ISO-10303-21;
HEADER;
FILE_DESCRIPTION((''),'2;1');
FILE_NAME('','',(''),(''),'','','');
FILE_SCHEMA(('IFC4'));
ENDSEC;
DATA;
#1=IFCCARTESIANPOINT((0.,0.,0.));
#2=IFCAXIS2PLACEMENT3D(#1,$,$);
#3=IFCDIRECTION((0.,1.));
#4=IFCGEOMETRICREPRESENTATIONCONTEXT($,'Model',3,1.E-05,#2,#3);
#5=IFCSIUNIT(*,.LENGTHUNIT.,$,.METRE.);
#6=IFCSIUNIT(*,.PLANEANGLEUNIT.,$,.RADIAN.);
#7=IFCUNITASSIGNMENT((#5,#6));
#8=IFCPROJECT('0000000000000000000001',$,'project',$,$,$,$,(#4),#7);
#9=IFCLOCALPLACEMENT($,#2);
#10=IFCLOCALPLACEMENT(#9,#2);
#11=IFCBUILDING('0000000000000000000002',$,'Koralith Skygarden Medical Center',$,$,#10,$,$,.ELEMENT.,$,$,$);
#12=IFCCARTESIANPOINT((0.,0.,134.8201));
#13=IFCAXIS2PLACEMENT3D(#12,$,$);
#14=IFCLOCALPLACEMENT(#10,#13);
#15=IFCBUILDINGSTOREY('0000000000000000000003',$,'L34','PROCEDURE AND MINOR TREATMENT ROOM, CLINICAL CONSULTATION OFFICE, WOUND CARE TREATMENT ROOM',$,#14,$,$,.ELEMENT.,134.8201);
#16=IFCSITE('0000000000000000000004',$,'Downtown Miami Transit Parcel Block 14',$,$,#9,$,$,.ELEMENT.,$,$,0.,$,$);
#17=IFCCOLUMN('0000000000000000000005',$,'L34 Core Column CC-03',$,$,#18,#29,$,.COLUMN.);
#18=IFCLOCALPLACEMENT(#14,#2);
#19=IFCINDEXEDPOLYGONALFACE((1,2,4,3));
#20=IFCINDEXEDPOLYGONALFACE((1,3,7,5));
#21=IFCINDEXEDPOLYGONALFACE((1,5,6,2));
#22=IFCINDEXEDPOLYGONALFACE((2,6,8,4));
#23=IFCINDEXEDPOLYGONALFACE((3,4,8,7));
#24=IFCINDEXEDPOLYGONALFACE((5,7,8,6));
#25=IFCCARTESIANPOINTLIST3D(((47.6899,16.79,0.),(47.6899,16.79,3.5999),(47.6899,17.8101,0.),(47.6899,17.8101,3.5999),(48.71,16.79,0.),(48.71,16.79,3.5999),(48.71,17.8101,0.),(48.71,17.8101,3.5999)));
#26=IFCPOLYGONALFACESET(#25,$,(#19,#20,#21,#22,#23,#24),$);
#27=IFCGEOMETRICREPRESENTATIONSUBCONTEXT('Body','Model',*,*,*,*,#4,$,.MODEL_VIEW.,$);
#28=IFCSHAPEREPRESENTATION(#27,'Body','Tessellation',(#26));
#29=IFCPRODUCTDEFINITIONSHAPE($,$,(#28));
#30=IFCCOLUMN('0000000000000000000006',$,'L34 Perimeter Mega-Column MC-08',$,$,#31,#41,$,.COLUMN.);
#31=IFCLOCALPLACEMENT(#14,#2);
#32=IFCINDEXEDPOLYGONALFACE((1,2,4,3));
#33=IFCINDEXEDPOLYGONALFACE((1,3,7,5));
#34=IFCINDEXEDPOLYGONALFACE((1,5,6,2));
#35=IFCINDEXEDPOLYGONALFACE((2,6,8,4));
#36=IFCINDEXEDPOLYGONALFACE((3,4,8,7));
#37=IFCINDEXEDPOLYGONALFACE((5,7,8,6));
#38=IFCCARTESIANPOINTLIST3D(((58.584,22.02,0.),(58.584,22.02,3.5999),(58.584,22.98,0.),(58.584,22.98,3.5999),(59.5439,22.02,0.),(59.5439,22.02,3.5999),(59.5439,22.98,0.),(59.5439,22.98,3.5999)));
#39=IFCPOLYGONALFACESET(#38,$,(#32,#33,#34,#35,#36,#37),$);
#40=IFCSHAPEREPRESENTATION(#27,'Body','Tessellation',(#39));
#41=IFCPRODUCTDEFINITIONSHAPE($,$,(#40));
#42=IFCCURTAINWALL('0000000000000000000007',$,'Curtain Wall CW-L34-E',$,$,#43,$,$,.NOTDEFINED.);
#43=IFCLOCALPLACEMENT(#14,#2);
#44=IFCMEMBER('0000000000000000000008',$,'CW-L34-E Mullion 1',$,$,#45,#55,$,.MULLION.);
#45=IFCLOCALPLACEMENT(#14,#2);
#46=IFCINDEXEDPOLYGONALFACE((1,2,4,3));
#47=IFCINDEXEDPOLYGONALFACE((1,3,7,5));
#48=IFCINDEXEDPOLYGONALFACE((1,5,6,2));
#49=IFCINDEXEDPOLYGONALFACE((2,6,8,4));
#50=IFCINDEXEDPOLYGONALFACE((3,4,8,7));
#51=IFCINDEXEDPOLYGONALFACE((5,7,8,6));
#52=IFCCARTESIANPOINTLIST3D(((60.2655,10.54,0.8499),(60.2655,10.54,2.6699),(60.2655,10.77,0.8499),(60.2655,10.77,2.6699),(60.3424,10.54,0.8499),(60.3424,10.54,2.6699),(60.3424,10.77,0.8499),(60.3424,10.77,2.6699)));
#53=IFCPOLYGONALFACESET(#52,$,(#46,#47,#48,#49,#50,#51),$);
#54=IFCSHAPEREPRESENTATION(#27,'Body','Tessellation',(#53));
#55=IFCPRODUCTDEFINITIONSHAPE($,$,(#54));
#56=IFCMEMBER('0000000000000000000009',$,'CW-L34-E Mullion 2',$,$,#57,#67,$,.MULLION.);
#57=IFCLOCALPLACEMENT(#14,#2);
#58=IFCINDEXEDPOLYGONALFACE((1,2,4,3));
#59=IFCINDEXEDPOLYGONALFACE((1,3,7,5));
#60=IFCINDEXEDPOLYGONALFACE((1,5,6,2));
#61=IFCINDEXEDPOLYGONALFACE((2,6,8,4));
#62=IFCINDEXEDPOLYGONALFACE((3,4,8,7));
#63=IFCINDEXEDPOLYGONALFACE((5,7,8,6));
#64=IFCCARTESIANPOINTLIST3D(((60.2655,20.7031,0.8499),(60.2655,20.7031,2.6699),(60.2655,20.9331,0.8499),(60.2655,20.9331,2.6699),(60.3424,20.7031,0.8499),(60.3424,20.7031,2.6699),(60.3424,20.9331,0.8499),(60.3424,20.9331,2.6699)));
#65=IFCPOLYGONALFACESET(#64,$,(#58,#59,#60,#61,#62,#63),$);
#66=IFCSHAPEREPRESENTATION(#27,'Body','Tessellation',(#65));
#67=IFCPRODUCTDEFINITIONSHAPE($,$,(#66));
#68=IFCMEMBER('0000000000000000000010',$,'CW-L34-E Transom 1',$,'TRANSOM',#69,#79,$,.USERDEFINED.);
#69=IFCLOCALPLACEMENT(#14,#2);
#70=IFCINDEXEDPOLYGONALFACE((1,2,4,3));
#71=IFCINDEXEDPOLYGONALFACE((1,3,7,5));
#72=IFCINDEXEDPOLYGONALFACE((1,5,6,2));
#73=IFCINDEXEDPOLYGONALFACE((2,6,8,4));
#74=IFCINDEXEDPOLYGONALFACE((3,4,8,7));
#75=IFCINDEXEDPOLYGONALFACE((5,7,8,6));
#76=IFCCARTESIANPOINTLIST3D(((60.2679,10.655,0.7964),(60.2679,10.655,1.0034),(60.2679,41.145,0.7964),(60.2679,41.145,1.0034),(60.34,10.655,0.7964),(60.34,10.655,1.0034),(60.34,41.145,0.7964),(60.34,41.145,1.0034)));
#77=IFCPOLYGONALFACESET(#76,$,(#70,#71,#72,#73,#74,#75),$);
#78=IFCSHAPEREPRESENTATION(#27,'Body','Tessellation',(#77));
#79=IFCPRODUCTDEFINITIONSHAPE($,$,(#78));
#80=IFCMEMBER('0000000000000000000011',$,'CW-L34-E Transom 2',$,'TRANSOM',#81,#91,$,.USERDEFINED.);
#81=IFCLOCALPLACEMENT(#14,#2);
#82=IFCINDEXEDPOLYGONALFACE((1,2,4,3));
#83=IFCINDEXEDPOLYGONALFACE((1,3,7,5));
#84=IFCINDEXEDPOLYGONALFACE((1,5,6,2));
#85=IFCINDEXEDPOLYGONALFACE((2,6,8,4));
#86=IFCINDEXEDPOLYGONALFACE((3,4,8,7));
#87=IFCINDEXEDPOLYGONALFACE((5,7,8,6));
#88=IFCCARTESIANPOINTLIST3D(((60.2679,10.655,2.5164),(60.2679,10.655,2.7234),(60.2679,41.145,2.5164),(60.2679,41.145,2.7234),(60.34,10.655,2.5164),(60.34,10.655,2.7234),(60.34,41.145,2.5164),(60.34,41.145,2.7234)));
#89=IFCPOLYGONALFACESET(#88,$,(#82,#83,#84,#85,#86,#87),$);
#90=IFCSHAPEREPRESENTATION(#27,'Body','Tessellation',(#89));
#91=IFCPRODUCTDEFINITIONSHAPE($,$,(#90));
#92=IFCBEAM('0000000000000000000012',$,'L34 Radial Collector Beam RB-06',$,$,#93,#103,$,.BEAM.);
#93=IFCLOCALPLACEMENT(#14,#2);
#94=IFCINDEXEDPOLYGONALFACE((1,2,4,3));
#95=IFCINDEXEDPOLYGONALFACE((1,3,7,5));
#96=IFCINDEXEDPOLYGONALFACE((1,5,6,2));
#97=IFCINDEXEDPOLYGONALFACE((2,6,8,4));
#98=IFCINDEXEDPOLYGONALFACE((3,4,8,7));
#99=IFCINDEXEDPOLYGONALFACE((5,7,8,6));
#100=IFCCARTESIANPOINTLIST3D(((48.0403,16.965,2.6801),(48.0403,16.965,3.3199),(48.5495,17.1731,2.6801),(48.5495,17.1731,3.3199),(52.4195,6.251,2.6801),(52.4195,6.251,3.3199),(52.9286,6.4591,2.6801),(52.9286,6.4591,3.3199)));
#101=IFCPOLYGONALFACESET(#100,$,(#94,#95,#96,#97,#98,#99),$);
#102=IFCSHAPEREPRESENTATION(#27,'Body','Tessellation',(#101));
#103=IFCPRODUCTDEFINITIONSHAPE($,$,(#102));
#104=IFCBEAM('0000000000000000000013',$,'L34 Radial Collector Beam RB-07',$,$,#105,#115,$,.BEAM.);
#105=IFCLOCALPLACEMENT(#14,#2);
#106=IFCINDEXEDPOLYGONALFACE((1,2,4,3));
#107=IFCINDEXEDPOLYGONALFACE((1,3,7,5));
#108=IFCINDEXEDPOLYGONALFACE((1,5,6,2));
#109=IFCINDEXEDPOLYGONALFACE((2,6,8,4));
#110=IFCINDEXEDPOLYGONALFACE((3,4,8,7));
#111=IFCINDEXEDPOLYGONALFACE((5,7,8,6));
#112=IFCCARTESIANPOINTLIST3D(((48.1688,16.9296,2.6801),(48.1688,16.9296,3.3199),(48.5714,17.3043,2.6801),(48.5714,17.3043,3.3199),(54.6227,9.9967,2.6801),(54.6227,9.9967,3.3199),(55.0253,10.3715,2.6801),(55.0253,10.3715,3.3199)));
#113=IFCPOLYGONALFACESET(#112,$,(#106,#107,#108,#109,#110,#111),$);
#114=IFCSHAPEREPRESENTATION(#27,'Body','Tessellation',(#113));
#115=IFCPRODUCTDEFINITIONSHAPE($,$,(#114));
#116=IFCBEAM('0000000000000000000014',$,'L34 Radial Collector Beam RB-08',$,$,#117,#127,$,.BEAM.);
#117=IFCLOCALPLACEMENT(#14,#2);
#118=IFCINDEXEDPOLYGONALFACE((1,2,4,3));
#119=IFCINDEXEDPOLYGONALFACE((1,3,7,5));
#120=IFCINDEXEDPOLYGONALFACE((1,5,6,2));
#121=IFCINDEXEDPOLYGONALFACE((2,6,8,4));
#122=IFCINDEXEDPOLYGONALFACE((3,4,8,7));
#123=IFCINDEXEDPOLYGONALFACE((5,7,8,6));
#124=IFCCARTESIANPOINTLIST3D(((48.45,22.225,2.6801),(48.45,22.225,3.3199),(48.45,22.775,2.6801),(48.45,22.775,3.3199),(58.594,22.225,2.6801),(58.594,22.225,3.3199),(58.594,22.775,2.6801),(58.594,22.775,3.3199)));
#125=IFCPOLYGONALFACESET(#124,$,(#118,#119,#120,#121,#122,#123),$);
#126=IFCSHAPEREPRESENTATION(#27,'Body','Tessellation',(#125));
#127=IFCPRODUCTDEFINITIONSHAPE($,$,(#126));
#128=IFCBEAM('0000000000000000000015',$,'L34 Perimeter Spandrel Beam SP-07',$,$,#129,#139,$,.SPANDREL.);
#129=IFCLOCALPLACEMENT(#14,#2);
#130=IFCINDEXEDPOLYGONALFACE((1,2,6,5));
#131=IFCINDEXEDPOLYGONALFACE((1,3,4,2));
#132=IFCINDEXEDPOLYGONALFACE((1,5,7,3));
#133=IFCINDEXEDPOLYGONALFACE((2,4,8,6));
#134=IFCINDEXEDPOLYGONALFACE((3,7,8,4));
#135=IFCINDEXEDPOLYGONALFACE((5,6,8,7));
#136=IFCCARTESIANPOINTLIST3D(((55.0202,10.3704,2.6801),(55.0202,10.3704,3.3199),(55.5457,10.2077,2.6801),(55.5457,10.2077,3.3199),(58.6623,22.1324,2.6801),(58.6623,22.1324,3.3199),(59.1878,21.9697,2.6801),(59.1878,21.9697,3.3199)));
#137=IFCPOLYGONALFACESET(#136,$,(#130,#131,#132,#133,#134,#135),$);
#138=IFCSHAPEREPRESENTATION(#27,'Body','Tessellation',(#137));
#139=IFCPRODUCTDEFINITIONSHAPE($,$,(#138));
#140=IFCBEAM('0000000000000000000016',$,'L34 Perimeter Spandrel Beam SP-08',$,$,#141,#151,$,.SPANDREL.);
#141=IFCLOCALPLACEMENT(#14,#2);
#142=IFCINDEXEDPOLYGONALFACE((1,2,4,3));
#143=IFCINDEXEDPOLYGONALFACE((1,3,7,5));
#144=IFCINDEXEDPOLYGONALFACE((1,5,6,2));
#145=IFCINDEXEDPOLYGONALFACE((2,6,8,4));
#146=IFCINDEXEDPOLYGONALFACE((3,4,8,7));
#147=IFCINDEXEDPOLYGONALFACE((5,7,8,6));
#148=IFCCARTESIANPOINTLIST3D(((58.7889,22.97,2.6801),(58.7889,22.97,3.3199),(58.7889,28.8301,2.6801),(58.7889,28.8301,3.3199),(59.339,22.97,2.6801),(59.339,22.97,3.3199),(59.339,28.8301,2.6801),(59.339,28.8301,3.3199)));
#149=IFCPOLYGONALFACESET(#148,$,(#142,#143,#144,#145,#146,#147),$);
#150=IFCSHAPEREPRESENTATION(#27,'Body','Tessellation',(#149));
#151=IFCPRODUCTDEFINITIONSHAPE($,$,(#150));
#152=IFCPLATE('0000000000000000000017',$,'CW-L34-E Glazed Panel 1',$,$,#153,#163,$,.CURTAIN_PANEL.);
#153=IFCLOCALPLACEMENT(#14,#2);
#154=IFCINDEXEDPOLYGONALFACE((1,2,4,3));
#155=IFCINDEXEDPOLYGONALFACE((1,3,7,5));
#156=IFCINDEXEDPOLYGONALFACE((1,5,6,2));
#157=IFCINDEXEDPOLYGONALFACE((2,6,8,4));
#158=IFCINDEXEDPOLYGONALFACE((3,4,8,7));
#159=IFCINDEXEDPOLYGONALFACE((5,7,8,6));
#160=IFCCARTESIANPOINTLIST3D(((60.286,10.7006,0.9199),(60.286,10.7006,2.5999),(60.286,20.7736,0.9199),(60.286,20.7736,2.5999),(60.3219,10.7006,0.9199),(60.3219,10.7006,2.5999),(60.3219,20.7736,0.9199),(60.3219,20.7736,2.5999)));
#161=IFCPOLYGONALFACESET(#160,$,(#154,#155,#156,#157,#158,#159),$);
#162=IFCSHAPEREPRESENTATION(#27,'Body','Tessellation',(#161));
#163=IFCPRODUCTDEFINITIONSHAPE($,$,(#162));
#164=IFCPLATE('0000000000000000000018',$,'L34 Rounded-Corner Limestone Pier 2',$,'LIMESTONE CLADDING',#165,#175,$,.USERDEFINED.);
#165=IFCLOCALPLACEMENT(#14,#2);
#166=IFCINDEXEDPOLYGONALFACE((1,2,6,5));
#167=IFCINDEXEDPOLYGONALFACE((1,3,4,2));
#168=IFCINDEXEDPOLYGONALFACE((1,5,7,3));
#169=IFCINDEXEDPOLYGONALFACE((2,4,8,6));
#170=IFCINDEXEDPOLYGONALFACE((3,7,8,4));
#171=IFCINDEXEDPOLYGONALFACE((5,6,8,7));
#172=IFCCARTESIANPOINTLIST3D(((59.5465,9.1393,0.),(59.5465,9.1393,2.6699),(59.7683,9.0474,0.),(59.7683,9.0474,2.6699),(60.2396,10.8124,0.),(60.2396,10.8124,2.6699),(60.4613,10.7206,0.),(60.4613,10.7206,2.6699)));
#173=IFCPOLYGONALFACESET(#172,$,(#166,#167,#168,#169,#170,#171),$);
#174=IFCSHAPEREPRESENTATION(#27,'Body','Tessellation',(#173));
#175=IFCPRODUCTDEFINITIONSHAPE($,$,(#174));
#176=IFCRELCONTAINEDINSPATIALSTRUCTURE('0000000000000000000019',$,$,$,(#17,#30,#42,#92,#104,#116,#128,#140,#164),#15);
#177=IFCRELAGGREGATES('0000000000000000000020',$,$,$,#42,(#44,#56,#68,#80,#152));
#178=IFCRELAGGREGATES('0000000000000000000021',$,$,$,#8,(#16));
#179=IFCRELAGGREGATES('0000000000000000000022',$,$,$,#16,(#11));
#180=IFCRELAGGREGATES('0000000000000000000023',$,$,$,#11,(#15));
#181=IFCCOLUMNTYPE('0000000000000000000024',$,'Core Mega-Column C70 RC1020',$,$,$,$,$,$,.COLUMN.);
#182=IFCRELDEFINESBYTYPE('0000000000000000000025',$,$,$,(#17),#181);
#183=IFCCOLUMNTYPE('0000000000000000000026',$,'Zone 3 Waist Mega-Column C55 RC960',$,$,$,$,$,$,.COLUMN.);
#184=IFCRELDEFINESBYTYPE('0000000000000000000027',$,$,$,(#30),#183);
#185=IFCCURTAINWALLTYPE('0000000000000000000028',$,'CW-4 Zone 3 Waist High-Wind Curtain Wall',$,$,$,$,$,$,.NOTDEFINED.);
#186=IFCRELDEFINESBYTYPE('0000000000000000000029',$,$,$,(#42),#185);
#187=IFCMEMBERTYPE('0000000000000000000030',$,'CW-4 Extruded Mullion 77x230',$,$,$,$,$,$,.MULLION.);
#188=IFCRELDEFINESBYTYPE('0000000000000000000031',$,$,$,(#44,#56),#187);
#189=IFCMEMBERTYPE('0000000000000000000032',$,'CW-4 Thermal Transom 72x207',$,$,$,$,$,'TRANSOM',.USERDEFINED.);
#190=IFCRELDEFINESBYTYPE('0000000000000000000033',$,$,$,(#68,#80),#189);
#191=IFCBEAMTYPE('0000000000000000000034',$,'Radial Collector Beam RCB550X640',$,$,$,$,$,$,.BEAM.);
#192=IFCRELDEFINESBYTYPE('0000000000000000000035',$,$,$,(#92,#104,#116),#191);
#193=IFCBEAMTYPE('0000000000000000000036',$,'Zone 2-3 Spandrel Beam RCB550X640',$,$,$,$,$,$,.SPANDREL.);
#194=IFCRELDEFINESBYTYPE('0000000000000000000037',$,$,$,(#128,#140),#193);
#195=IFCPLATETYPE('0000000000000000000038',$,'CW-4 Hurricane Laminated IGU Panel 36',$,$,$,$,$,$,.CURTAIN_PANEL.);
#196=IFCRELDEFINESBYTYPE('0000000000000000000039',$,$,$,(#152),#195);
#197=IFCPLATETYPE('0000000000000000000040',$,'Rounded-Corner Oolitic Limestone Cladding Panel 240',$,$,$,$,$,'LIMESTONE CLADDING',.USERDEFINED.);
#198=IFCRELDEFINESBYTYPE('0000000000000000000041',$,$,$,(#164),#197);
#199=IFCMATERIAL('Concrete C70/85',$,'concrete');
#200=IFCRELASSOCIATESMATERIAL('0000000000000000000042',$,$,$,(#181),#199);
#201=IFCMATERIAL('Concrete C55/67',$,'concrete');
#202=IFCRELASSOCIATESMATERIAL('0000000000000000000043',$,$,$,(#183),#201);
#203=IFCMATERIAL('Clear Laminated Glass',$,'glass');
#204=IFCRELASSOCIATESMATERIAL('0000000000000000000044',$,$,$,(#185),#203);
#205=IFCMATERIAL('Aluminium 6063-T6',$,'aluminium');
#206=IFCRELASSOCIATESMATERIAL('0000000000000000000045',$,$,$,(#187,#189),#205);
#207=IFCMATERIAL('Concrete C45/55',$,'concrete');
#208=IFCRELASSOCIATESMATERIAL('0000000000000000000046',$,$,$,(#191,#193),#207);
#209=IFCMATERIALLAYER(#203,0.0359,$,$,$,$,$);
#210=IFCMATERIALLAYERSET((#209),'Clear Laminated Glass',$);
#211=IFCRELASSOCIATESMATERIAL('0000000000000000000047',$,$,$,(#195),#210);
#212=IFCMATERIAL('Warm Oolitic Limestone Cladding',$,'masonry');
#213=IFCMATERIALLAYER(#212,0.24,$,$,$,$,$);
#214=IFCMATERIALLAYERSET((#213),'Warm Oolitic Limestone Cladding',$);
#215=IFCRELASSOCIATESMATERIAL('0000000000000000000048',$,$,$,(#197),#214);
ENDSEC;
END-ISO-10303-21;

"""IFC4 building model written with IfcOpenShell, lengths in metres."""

from ifc_helpers import new_model, si_unit, direction, frame, origin, origin_2d, place, context, subcontext, project, spatial, rectangle, extrude, material, layer, layer_set, material_profile, profile_set, type_object, element, aggregate, save


model = new_model("IFC4")

# Units and contexts
model_context = context("Model", 3, precision=1e-05, world=origin(), true_north=direction((0.0, 1.0)))
body_context = subcontext(model_context, "Body", "Model", "MODEL_VIEW")
ifc_project = project(units=[si_unit("LENGTHUNIT", "METRE"), si_unit("PLANEANGLEUNIT", "RADIAN")], contexts=[model_context])

# Site, building, storey
site_placement = place(None, origin())
site = spatial("IfcSite", under=ifc_project, at=site_placement, Name="Downtown Miami Transit Parcel Block 14", CompositionType="ELEMENT", RefElevation=0.0)
building_placement = place(site_placement, origin())
building = spatial("IfcBuilding", under=site, at=building_placement, Name="Koralith Skygarden Medical Center", CompositionType="ELEMENT")
storey_placement = place(building_placement, frame((0.0, 0.0, 134.8201)))
storey = spatial("IfcBuildingStorey", under=building, at=storey_placement, Name="L34", Description="PROCEDURE AND MINOR TREATMENT ROOM, CLINICAL CONSULTATION OFFICE, WOUND CARE TREATMENT ROOM", CompositionType="ELEMENT", Elevation=134.8201)

# Columns
ifc_material_1 = material(Name="Concrete C70/85", Category="concrete")
ifc_material_profile_1 = material_profile(ifc_material_1, rectangle(XDim=1.02, YDim=1.02, at=origin_2d()), Name="RC1020X1020")
ifc_profile_set_1 = profile_set([ifc_material_profile_1], Name="Concrete C70/85")
column_type_1 = type_object("IfcColumnType", Name="Core Mega-Column C70 RC1020", PredefinedType="COLUMN", material=ifc_profile_set_1)
column_1_placement = place(storey_placement, frame((48.2, 17.3, 0.0), z_axis=(0.0, 0.0, 1.0), x_axis=(1.0, 0.0, 0.0)))
element("IfcColumn", 1, at=column_1_placement, inside=storey, type_object=column_type_1, Name="L34 Core Column CC-03", PredefinedType="COLUMN", context=body_context, shape_type="SweptSolid", body=[
    extrude(rectangle(XDim=1.02, YDim=1.02, at=origin_2d()), origin(), (0.0, 0.0, 1.0), 3.5999),
])
ifc_material_2 = material(Name="Concrete C55/67", Category="concrete")
ifc_material_profile_2 = material_profile(ifc_material_2, rectangle(XDim=0.96, YDim=0.96, at=origin_2d()), Name="RC960X960")
ifc_profile_set_2 = profile_set([ifc_material_profile_2], Name="Concrete C55/67")
column_type_2 = type_object("IfcColumnType", Name="Zone 3 Waist Mega-Column C55 RC960", PredefinedType="COLUMN", material=ifc_profile_set_2)
column_2_placement = place(storey_placement, frame((59.064, 22.5, 0.0), z_axis=(0.0, 0.0, 1.0), x_axis=(1.0, 0.0, 0.0)))
element("IfcColumn", 2, at=column_2_placement, inside=storey, type_object=column_type_2, Name="L34 Perimeter Mega-Column MC-08", PredefinedType="COLUMN", context=body_context, shape_type="SweptSolid", body=[
    extrude(rectangle(XDim=0.96, YDim=0.96, at=origin_2d()), origin(), (0.0, 0.0, 1.0), 3.5999),
])

# Curtain wall, members
ifc_material_3 = material(Name="Clear Laminated Glass", Category="glass")
curtain_wall_type = type_object("IfcCurtainWallType", Name="CW-4 Zone 3 Waist High-Wind Curtain Wall", PredefinedType="NOTDEFINED", material=ifc_material_3)
curtain_wall_placement = place(storey_placement, origin())
curtain_wall = element("IfcCurtainWall", 3, at=curtain_wall_placement, inside=storey, type_object=curtain_wall_type, Name="Curtain Wall CW-L34-E", PredefinedType="NOTDEFINED")
ifc_material_4 = material(Name="Aluminium 6063-T6", Category="aluminium")
ifc_material_profile_3 = material_profile(ifc_material_4, rectangle(XDim=0.0769, YDim=0.23, at=origin_2d()), Name="MUL77X230")
ifc_profile_set_3 = profile_set([ifc_material_profile_3], Name="Aluminium 6063-T6")
member_type_1 = type_object("IfcMemberType", Name="CW-4 Extruded Mullion 77x230", PredefinedType="MULLION", material=ifc_profile_set_3)
member_1_placement = place(storey_placement, frame((60.304, 10.655, 0.8499), z_axis=(0.0, 0.0, 1.0), x_axis=(1.0, 0.0, 0.0)))
member_1 = element("IfcMember", 4, at=member_1_placement, type_object=member_type_1, Name="CW-L34-E Mullion 1", PredefinedType="MULLION", context=body_context, shape_type="SweptSolid", body=[
    extrude(rectangle(XDim=0.0769, YDim=0.23, at=origin_2d()), origin(), (0.0, 0.0, 1.0), 1.8201),
])
member_2_placement = place(storey_placement, frame((60.304, 20.8181, 0.8499), z_axis=(0.0, 0.0, 1.0), x_axis=(1.0, 0.0, 0.0)))
member_2 = element("IfcMember", 5, at=member_2_placement, type_object=member_type_1, Name="CW-L34-E Mullion 2", PredefinedType="MULLION", context=body_context, shape_type="SweptSolid", body=[
    extrude(rectangle(XDim=0.0769, YDim=0.23, at=origin_2d()), origin(), (0.0, 0.0, 1.0), 1.8201),
])
ifc_material_profile_4 = material_profile(ifc_material_4, rectangle(XDim=0.072, YDim=0.207, at=origin_2d()), Name="TRN72X207")
ifc_profile_set_4 = profile_set([ifc_material_profile_4], Name="Aluminium 6063-T6")
member_type_2 = type_object("IfcMemberType", Name="CW-4 Thermal Transom 72x207", ElementType="TRANSOM", PredefinedType="USERDEFINED", material=ifc_profile_set_4)
member_3_placement = place(storey_placement, frame((60.304, 10.655, 0.8999), z_axis=(0.0, 1.0, 0.0), x_axis=(-1.0, 0.0, 0.0)))
member_3 = element("IfcMember", 6, at=member_3_placement, type_object=member_type_2, Name="CW-L34-E Transom 1", ObjectType="TRANSOM", PredefinedType="USERDEFINED", context=body_context, shape_type="SweptSolid", body=[
    extrude(rectangle(XDim=0.072, YDim=0.207, at=origin_2d()), origin(), (0.0, 0.0, 1.0), 30.49),
])
member_4_placement = place(storey_placement, frame((60.304, 10.655, 2.6199), z_axis=(0.0, 1.0, 0.0), x_axis=(-1.0, 0.0, 0.0)))
member_4 = element("IfcMember", 7, at=member_4_placement, type_object=member_type_2, Name="CW-L34-E Transom 2", ObjectType="TRANSOM", PredefinedType="USERDEFINED", context=body_context, shape_type="SweptSolid", body=[
    extrude(rectangle(XDim=0.072, YDim=0.207, at=origin_2d()), origin(), (0.0, 0.0, 1.0), 30.49),
])

# Beams
ifc_material_5 = material(Name="Concrete C45/55", Category="concrete")
ifc_material_profile_5 = material_profile(ifc_material_5, rectangle(XDim=0.55, YDim=0.6399, at=origin_2d()), Name="RCB550X640")
ifc_profile_set_5 = profile_set([ifc_material_profile_5], Name="Concrete C45/55")
beam_type_1 = type_object("IfcBeamType", Name="Radial Collector Beam RCB550X640", PredefinedType="BEAM", material=ifc_profile_set_5)
beam_1_placement = place(storey_placement, frame((48.2949, 17.0691, 3.0), z_axis=(0.378345, -0.925665, 0.0), x_axis=(0.925665, 0.378345, 0.0)))
element("IfcBeam", 8, at=beam_1_placement, inside=storey, type_object=beam_type_1, Name="L34 Radial Collector Beam RB-06", PredefinedType="BEAM", context=body_context, shape_type="SweptSolid", body=[
    extrude(rectangle(XDim=0.55, YDim=0.6399, at=origin_2d()), origin(), (0.0, 0.0, 1.0), 11.5745),
])
beam_2_placement = place(storey_placement, frame((48.3701, 17.1169, 3.0), z_axis=(0.681369, -0.73194, 0.0), x_axis=(0.73194, 0.681369, 0.0)))
element("IfcBeam", 9, at=beam_2_placement, inside=storey, type_object=beam_type_1, Name="L34 Radial Collector Beam RB-07", PredefinedType="BEAM", context=body_context, shape_type="SweptSolid", body=[
    extrude(rectangle(XDim=0.55, YDim=0.6399, at=origin_2d()), origin(), (0.0, 0.0, 1.0), 9.4719),
])
beam_3_placement = place(storey_placement, frame((48.45, 22.5, 3.0), z_axis=(1.0, 0.0, 0.0), x_axis=(0.0, 1.0, 0.0)))
element("IfcBeam", 10, at=beam_3_placement, inside=storey, type_object=beam_type_1, Name="L34 Radial Collector Beam RB-08", PredefinedType="BEAM", context=body_context, shape_type="SweptSolid", body=[
    extrude(rectangle(XDim=0.55, YDim=0.6399, at=origin_2d()), origin(), (0.0, 0.0, 1.0), 10.144),
])
ifc_material_profile_6 = material_profile(ifc_material_5, rectangle(XDim=0.55, YDim=0.6399, at=origin_2d()), Name="RCB550X640")
ifc_profile_set_6 = profile_set([ifc_material_profile_6], Name="Concrete C45/55")
beam_type_2 = type_object("IfcBeamType", Name="Zone 2-3 Spandrel Beam RCB550X640", PredefinedType="SPANDREL", material=ifc_profile_set_6)
beam_4_placement = place(storey_placement, frame((55.283, 10.2891, 3.0), z_axis=(0.295794, 0.955252, 0.0), x_axis=(-0.955252, 0.295794, 0.0)))
element("IfcBeam", 11, at=beam_4_placement, inside=storey, type_object=beam_type_2, Name="L34 Perimeter Spandrel Beam SP-07", PredefinedType="SPANDREL", context=body_context, shape_type="SweptSolid", body=[
    extrude(rectangle(XDim=0.55, YDim=0.6399, at=origin_2d()), origin(), (0.0, 0.0, 1.0), 12.313),
])
beam_5_placement = place(storey_placement, frame((59.064, 22.97, 3.0), z_axis=(0.0, 1.0, 0.0), x_axis=(-1.0, 0.0, 0.0)))
element("IfcBeam", 12, at=beam_5_placement, inside=storey, type_object=beam_type_2, Name="L34 Perimeter Spandrel Beam SP-08", PredefinedType="SPANDREL", context=body_context, shape_type="SweptSolid", body=[
    extrude(rectangle(XDim=0.55, YDim=0.6399, at=origin_2d()), origin(), (0.0, 0.0, 1.0), 5.8601),
])

# Plates
ifc_layer_1 = layer(ifc_material_3, 0.0359)
ifc_layer_set_1 = layer_set([ifc_layer_1], Name="Clear Laminated Glass")
plate_type_1 = type_object("IfcPlateType", Name="CW-4 Hurricane Laminated IGU Panel 36", PredefinedType="CURTAIN_PANEL", material=ifc_layer_set_1)
plate_1_placement = place(storey_placement, frame((60.304, 15.7371, 0.9199), z_axis=(0.0, 0.0, 1.0), x_axis=(0.0, 1.0, 0.0)))
plate_1 = element("IfcPlate", 13, at=plate_1_placement, type_object=plate_type_1, Name="CW-L34-E Glazed Panel 1", PredefinedType="CURTAIN_PANEL", context=body_context, shape_type="SweptSolid", body=[
    extrude(rectangle(XDim=10.073, YDim=0.0359, at=origin_2d()), origin(), (0.0, 0.0, 1.0), 1.6799),
])
aggregate(curtain_wall, [member_1, member_2, member_3, member_4, plate_1])
ifc_material_6 = material(Name="Warm Oolitic Limestone Cladding", Category="masonry")
ifc_layer_2 = layer(ifc_material_6, 0.24)
ifc_layer_set_2 = layer_set([ifc_layer_2], Name="Warm Oolitic Limestone Cladding")
plate_type_2 = type_object("IfcPlateType", Name="Rounded-Corner Oolitic Limestone Cladding Panel 240", ElementType="LIMESTONE CLADDING", PredefinedType="USERDEFINED", material=ifc_layer_set_2)
plate_2_placement = place(storey_placement, frame((60.0039, 9.9299, 0.0), z_axis=(0.0, 0.0, 1.0), x_axis=(0.382671, 0.923885, 0.0)))
element("IfcPlate", 14, at=plate_2_placement, inside=storey, type_object=plate_type_2, Name="L34 Rounded-Corner Limestone Pier 2", ObjectType="LIMESTONE CLADDING", PredefinedType="USERDEFINED", context=body_context, shape_type="SweptSolid", body=[
    extrude(rectangle(XDim=1.811, YDim=0.24, at=origin_2d()), origin(), (0.0, 0.0, 1.0), 2.6699),
])

save(model, "model.ifc")
